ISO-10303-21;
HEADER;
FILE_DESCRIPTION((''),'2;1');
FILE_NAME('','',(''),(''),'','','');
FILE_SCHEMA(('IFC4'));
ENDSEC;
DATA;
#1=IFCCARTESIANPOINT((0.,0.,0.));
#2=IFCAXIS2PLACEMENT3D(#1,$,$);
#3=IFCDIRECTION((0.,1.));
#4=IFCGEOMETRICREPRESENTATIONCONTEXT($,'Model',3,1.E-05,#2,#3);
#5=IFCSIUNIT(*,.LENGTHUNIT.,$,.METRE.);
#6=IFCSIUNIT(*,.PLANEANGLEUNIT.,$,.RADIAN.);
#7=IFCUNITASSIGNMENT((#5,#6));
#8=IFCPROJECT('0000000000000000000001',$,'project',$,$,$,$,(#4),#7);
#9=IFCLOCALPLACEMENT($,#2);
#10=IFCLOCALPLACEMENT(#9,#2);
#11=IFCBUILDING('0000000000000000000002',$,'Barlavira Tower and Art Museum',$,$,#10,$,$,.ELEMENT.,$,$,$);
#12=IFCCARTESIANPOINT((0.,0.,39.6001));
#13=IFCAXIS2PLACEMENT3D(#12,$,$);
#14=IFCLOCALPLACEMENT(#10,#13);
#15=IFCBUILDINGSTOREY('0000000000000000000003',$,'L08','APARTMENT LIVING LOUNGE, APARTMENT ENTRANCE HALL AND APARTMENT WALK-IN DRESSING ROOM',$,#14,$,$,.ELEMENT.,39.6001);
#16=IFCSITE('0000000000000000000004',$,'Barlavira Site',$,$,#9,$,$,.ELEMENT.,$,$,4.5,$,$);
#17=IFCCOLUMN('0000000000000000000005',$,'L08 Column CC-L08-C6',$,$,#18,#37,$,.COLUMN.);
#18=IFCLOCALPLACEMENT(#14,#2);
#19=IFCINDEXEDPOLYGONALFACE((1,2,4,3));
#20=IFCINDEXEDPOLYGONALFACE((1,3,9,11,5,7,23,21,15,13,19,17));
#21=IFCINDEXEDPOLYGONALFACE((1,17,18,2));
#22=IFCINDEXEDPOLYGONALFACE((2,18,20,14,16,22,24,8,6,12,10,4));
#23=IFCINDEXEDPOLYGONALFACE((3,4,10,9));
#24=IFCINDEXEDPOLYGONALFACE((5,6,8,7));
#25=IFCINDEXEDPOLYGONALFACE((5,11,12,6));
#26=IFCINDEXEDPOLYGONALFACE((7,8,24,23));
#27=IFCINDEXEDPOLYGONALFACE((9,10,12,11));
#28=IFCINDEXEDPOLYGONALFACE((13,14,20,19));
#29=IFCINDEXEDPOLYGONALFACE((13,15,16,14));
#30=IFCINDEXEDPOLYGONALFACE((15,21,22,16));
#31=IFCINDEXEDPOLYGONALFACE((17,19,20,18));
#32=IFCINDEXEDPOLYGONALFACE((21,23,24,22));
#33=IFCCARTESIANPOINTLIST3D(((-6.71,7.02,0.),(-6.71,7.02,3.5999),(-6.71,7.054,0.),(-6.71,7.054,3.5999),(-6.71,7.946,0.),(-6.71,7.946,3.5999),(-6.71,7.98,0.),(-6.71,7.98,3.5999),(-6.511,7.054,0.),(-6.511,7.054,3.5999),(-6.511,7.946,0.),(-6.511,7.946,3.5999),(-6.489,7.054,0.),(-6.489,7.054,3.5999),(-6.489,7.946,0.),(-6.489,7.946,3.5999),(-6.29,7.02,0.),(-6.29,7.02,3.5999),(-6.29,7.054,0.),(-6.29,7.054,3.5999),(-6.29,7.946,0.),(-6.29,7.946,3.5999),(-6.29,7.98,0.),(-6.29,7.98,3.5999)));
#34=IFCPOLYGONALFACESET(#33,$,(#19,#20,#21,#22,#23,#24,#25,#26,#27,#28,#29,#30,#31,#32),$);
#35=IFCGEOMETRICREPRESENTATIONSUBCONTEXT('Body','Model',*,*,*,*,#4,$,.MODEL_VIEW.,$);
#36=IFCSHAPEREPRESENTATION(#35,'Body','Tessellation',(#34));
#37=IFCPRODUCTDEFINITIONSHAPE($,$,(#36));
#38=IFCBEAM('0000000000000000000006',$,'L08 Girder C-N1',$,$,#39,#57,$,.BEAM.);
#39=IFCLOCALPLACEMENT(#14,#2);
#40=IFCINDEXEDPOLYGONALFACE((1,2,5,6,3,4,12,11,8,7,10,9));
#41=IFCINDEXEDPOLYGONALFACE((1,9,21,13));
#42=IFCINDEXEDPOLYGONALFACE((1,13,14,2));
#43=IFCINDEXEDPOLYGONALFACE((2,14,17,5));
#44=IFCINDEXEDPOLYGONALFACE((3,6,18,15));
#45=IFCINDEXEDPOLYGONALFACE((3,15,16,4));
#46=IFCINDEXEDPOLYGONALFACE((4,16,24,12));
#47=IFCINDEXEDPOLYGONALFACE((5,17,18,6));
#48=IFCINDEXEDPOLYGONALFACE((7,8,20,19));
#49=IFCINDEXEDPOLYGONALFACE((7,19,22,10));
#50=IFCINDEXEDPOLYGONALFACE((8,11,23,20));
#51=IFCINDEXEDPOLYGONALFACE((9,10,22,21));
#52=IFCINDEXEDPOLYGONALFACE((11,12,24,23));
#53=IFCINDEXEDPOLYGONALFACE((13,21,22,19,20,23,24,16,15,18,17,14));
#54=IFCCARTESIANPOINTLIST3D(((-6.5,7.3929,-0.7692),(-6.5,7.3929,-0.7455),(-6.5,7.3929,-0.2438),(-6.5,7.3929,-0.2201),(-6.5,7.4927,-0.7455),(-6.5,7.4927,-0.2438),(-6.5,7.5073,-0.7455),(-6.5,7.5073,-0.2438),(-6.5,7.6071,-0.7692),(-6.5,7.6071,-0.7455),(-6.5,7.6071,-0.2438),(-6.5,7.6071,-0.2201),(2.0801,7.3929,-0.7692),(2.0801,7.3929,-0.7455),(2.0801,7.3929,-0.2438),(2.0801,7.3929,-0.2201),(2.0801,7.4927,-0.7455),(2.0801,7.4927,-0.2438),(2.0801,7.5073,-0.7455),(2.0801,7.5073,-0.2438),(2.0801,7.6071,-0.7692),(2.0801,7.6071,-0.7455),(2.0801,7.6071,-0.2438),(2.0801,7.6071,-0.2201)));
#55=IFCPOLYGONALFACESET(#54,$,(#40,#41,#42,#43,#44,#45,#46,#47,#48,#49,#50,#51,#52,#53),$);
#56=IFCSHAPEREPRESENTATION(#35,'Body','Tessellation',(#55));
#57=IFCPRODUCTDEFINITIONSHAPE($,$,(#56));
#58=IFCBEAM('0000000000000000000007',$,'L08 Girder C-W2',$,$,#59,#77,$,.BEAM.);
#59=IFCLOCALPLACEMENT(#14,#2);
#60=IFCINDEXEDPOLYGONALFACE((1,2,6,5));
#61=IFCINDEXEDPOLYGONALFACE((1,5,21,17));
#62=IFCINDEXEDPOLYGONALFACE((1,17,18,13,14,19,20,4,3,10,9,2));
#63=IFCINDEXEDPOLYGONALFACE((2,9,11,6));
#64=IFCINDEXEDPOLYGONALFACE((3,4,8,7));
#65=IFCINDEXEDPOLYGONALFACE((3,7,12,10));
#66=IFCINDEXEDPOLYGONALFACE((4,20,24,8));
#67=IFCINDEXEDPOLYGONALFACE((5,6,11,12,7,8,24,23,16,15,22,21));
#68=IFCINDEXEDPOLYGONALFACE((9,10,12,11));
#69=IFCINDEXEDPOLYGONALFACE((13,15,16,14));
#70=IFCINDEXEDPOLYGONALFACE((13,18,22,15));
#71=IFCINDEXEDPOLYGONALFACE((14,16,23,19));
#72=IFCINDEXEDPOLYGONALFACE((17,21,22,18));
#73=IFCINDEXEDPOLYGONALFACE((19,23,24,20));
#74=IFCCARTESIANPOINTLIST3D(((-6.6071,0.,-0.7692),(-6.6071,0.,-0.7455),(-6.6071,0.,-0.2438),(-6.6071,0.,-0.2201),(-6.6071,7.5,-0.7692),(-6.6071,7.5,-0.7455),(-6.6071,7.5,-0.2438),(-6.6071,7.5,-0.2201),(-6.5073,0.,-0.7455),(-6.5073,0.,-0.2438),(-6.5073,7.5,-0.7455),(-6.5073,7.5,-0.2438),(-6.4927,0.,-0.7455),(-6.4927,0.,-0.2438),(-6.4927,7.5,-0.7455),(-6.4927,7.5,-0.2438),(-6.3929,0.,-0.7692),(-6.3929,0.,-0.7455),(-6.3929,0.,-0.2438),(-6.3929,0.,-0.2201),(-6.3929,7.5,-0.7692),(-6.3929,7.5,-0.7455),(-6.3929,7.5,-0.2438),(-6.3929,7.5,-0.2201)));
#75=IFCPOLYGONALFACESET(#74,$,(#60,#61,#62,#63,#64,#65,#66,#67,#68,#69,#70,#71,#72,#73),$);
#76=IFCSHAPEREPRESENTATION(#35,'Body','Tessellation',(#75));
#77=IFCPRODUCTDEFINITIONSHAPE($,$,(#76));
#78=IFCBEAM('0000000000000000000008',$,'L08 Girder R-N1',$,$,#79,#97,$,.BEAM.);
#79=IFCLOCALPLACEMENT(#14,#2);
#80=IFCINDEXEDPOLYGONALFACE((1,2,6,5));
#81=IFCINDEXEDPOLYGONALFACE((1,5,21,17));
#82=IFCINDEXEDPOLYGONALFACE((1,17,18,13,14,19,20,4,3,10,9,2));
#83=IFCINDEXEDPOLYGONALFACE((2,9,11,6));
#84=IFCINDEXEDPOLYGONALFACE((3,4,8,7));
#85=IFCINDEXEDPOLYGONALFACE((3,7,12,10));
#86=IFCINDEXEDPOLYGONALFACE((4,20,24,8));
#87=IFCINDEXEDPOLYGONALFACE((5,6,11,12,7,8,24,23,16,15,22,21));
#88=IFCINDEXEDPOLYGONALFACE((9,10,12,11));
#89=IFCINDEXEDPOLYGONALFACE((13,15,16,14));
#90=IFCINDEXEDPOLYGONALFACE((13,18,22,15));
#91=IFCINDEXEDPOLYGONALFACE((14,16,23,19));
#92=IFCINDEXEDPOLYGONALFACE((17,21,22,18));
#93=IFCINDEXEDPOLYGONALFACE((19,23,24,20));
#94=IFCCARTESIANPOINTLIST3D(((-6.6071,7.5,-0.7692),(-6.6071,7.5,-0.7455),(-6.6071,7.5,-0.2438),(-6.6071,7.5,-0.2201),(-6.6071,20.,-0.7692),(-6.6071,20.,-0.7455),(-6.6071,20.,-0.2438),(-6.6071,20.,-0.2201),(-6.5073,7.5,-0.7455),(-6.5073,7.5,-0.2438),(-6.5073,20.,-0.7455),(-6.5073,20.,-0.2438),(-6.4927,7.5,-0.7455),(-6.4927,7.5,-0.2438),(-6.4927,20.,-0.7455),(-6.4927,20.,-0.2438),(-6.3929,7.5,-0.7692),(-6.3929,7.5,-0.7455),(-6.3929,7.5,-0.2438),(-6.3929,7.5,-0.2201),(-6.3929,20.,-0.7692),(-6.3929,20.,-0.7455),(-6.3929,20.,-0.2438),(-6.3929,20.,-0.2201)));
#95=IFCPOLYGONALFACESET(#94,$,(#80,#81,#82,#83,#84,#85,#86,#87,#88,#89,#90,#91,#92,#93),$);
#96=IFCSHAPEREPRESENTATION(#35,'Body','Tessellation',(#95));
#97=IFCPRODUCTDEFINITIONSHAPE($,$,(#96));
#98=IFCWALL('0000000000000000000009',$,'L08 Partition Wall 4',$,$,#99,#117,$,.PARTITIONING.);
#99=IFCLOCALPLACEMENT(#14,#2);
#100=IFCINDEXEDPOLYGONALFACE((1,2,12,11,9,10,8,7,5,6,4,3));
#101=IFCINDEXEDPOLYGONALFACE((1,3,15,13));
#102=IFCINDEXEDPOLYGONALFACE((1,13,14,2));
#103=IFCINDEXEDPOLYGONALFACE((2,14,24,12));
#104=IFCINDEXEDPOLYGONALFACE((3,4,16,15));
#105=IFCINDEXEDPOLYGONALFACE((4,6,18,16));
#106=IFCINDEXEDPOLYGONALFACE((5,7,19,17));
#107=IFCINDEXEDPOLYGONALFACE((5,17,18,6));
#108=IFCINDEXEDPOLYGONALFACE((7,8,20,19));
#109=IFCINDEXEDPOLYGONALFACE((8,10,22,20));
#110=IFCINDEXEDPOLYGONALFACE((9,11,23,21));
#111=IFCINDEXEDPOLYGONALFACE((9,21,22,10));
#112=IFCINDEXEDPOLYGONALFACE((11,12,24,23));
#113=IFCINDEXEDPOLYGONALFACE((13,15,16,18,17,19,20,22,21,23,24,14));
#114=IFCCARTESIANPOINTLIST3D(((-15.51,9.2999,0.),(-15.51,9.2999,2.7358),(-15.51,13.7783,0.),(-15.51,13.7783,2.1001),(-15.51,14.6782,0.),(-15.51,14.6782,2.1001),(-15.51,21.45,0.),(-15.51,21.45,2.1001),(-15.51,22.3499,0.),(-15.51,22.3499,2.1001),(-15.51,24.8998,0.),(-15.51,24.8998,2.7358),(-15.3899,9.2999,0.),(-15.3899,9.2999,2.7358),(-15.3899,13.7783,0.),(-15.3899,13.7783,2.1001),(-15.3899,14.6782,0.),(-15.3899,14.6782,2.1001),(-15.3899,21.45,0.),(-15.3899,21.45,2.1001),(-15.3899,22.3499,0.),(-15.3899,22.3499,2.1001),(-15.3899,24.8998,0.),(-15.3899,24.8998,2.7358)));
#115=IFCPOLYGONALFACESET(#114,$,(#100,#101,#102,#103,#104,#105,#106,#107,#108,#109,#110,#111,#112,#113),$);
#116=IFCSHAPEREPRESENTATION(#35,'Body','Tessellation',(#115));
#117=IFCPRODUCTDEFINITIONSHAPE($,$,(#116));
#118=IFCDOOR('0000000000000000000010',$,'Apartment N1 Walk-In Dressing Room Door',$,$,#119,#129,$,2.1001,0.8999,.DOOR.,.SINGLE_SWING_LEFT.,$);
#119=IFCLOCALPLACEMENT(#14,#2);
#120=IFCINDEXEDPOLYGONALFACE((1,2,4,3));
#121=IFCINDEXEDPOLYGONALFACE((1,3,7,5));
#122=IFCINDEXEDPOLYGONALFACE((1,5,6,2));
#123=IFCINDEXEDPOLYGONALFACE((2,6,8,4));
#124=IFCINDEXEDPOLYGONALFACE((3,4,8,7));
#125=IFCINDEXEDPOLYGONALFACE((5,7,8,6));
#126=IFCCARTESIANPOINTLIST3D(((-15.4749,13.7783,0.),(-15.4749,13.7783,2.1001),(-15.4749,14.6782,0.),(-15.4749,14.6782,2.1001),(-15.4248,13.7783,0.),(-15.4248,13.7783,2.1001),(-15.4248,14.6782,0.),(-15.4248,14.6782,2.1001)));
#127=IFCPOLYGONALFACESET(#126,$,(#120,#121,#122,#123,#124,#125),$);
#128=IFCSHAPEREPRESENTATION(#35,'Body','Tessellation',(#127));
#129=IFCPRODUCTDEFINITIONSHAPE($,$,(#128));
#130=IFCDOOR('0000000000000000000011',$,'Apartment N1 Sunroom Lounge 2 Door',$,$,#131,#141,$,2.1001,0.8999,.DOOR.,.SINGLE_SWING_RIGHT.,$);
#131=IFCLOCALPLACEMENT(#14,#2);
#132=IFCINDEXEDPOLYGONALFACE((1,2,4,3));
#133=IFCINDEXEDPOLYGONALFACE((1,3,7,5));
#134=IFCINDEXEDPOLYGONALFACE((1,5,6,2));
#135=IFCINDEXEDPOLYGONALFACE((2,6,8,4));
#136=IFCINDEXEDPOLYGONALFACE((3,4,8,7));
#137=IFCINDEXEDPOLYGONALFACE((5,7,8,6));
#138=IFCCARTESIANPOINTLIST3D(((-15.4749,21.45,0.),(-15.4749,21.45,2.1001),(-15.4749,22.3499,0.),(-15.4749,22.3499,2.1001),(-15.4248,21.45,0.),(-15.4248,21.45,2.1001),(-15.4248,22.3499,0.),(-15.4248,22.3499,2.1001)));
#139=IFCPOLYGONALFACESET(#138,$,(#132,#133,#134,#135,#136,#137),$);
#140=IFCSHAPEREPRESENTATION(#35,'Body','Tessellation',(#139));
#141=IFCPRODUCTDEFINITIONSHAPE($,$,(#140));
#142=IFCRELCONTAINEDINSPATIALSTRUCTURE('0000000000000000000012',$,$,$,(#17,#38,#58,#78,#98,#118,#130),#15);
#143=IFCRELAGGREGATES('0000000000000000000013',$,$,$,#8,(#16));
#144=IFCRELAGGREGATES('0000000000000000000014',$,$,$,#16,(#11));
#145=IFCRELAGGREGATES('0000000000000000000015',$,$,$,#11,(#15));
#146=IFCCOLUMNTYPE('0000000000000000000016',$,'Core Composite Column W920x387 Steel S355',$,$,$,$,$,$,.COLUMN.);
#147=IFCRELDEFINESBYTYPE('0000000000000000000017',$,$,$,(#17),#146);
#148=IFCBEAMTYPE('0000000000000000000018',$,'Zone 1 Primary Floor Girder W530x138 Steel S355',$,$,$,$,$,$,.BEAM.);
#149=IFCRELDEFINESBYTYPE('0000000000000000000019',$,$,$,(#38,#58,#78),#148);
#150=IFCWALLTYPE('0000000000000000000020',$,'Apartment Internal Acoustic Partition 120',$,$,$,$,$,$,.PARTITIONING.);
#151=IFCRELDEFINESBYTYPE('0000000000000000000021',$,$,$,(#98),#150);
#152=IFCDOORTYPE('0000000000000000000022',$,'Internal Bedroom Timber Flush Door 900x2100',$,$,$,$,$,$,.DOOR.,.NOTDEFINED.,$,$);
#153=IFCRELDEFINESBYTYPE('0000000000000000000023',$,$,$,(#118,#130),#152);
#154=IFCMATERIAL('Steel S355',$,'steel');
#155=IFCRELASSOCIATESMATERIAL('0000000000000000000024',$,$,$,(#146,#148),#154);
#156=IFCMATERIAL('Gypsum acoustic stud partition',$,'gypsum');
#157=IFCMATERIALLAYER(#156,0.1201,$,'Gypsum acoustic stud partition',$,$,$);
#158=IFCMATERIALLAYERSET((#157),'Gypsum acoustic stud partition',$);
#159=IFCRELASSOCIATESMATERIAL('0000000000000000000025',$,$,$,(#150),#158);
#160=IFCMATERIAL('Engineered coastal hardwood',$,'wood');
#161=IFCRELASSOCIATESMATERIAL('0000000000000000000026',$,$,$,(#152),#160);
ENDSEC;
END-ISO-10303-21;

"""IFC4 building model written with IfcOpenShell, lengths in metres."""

from ifc_helpers import new_model, si_unit, direction, frame, frame_2d, origin, origin_2d, place, context, subcontext, project, spatial, rectangle, i_section, extrude, material, layer, layer_set, material_profile, profile_set, type_object, element, fill, save


model = new_model("IFC4")

# Units and contexts
model_context = context("Model", 3, precision=1e-05, world=origin(), true_north=direction((0.0, 1.0)))
body_context = subcontext(model_context, "Body", "Model", "MODEL_VIEW")
ifc_project = project(units=[si_unit("LENGTHUNIT", "METRE"), si_unit("PLANEANGLEUNIT", "RADIAN")], contexts=[model_context])

# Site, building, storey
site_placement = place(None, origin())
site = spatial("IfcSite", under=ifc_project, at=site_placement, Name="Barlavira Site", CompositionType="ELEMENT", RefElevation=4.5)
building_placement = place(site_placement, origin())
building = spatial("IfcBuilding", under=site, at=building_placement, Name="Barlavira Tower and Art Museum", CompositionType="ELEMENT")
storey_placement = place(building_placement, frame((0.0, 0.0, 39.6001)))
storey = spatial("IfcBuildingStorey", under=building, at=storey_placement, Name="L08", Description="APARTMENT LIVING LOUNGE, APARTMENT ENTRANCE HALL AND APARTMENT WALK-IN DRESSING ROOM", CompositionType="ELEMENT", Elevation=39.6001)

# Column
ifc_material_1 = material(Name="Steel S355", Category="steel")
ifc_material_profile_1 = material_profile(ifc_material_1, i_section(OverallWidth=0.4199, OverallDepth=0.96, WebThickness=0.022, FlangeThickness=0.0339, at=origin_2d()), Name="W920x387.0")
ifc_profile_set_1 = profile_set([ifc_material_profile_1], Name="Steel S355")
column_type = type_object("IfcColumnType", Name="Core Composite Column W920x387 Steel S355", PredefinedType="COLUMN", material=ifc_profile_set_1)
column_placement = place(storey_placement, frame((-6.5, 7.5, 0.0), z_axis=(0.0, 0.0, 1.0), x_axis=(1.0, 0.0, 0.0)))
element("IfcColumn", 1, at=column_placement, inside=storey, type_object=column_type, Name="L08 Column CC-L08-C6", PredefinedType="COLUMN", context=body_context, shape_type="SweptSolid", body=[
    extrude(i_section(OverallWidth=0.4199, OverallDepth=0.96, WebThickness=0.022, FlangeThickness=0.0339, at=origin_2d()), origin(), (0.0, 0.0, 1.0), 3.5999),
])

# Beams
ifc_material_profile_2 = material_profile(ifc_material_1, i_section(OverallWidth=0.2141, OverallDepth=0.5491, WebThickness=0.0146, FlangeThickness=0.0237, at=origin_2d()), Name="W530x138.0")
ifc_profile_set_2 = profile_set([ifc_material_profile_2], Name="Steel S355")
beam_type = type_object("IfcBeamType", Name="Zone 1 Primary Floor Girder W530x138 Steel S355", PredefinedType="BEAM", material=ifc_profile_set_2)
beam_1_placement = place(storey_placement, frame((-6.5, 7.5, -0.4946), z_axis=(1.0, 0.0, 0.0), x_axis=(0.0, 1.0, 0.0)))
element("IfcBeam", 2, at=beam_1_placement, inside=storey, type_object=beam_type, Name="L08 Girder C-N1", PredefinedType="BEAM", context=body_context, shape_type="SweptSolid", body=[
    extrude(i_section(OverallWidth=0.2141, OverallDepth=0.5491, WebThickness=0.0146, FlangeThickness=0.0237, at=origin_2d()), origin(), (0.0, 0.0, 1.0), 8.5801),
])
beam_2_placement = place(storey_placement, frame((-6.5, 0.0, -0.4946), z_axis=(0.0, 1.0, 0.0), x_axis=(-1.0, 0.0, 0.0)))
element("IfcBeam", 3, at=beam_2_placement, inside=storey, type_object=beam_type, Name="L08 Girder C-W2", PredefinedType="BEAM", context=body_context, shape_type="SweptSolid", body=[
    extrude(i_section(OverallWidth=0.2141, OverallDepth=0.5491, WebThickness=0.0146, FlangeThickness=0.0237, at=origin_2d()), origin(), (0.0, 0.0, 1.0), 7.5),
])
beam_3_placement = place(storey_placement, frame((-6.5, 7.5, -0.4946), z_axis=(0.0, 1.0, 0.0), x_axis=(-1.0, 0.0, 0.0)))
element("IfcBeam", 4, at=beam_3_placement, inside=storey, type_object=beam_type, Name="L08 Girder R-N1", PredefinedType="BEAM", context=body_context, shape_type="SweptSolid", body=[
    extrude(i_section(OverallWidth=0.2141, OverallDepth=0.5491, WebThickness=0.0146, FlangeThickness=0.0237, at=origin_2d()), origin(), (0.0, 0.0, 1.0), 12.5),
])

# Wall, openings, doors
ifc_material_2 = material(Name="Gypsum acoustic stud partition", Category="gypsum")
ifc_layer_1 = layer(ifc_material_2, 0.1201, Name="Gypsum acoustic stud partition")
ifc_layer_set_1 = layer_set([ifc_layer_1], Name="Gypsum acoustic stud partition")
wall_type_1 = type_object("IfcWallType", Name="Apartment Internal Acoustic Partition 120", PredefinedType="PARTITIONING", material=ifc_layer_set_1)
wall_1_placement = place(storey_placement, frame((-15.45, 9.3, 0.0), z_axis=(0.0, 0.0, 1.0), x_axis=(0.0, 1.0, 0.0)))
wall_1 = element("IfcWall", 5, at=wall_1_placement, inside=storey, type_object=wall_type_1, Name="L08 Partition Wall 4", PredefinedType="PARTITIONING", context=body_context, shape_type="SweptSolid", body=[
    extrude(rectangle(XDim=15.5999, YDim=0.1201, at=frame_2d((7.7998, 0.0))), origin(), (0.0, 0.0, 1.0), 2.7358),
])
opening_1_placement = place(wall_1_placement, frame((4.4783, 0.0, 0.0)))
opening_1 = element("IfcOpeningElement", 6, at=opening_1_placement, cuts=wall_1, PredefinedType="OPENING", context=body_context, shape_type="SweptSolid", body=[
    extrude(rectangle(XDim=0.8999, YDim=2.1001, at=frame_2d((0.45, 1.05))), frame((0.0, 0.0701, 0.0), z_axis=(0.0, -1.0, 0.0), x_axis=(1.0, 0.0, 0.0)), (0.0, 0.0, 1.0), 0.1401),
])
opening_2_placement = place(wall_1_placement, frame((12.1499, 0.0, 0.0)))
opening_2 = element("IfcOpeningElement", 7, at=opening_2_placement, cuts=wall_1, PredefinedType="OPENING", context=body_context, shape_type="SweptSolid", body=[
    extrude(rectangle(XDim=0.8999, YDim=2.1001, at=frame_2d((0.45, 1.05))), frame((0.0, 0.0701, 0.0), z_axis=(0.0, -1.0, 0.0), x_axis=(1.0, 0.0, 0.0)), (0.0, 0.0, 1.0), 0.1401),
])
ifc_material_3 = material(Name="Engineered coastal hardwood", Category="wood")
door_type_1 = type_object("IfcDoorType", Name="Internal Bedroom Timber Flush Door 900x2100", OperationType="NOTDEFINED", PredefinedType="DOOR", material=ifc_material_3)
door_1_placement = place(opening_1_placement, origin())
door_1 = element("IfcDoor", 8, at=door_1_placement, inside=storey, type_object=door_type_1, Name="Apartment N1 Walk-In Dressing Room Door", OperationType="SINGLE_SWING_LEFT", OverallHeight=2.1001, OverallWidth=0.8999, PredefinedType="DOOR", context=body_context, shape_type="SweptSolid", body=[
    extrude(rectangle(XDim=0.8999, YDim=2.1001, at=frame_2d((0.45, 1.05))), frame((0.0, 0.0249, 0.0), z_axis=(0.0, -1.0, 0.0), x_axis=(1.0, 0.0, 0.0)), (0.0, 0.0, 1.0), 0.05),
])
fill(opening_1, door_1)
door_2_placement = place(opening_2_placement, origin())
door_2 = element("IfcDoor", 9, at=door_2_placement, inside=storey, type_object=door_type_1, Name="Apartment N1 Sunroom Lounge 2 Door", OperationType="SINGLE_SWING_RIGHT", OverallHeight=2.1001, OverallWidth=0.8999, PredefinedType="DOOR", context=body_context, shape_type="SweptSolid", body=[
    extrude(rectangle(XDim=0.8999, YDim=2.1001, at=frame_2d((0.45, 1.05))), frame((0.0, 0.0249, 0.0), z_axis=(0.0, -1.0, 0.0), x_axis=(1.0, 0.0, 0.0)), (0.0, 0.0, 1.0), 0.05),
])
fill(opening_2, door_2)

save(model, "model.ifc")
